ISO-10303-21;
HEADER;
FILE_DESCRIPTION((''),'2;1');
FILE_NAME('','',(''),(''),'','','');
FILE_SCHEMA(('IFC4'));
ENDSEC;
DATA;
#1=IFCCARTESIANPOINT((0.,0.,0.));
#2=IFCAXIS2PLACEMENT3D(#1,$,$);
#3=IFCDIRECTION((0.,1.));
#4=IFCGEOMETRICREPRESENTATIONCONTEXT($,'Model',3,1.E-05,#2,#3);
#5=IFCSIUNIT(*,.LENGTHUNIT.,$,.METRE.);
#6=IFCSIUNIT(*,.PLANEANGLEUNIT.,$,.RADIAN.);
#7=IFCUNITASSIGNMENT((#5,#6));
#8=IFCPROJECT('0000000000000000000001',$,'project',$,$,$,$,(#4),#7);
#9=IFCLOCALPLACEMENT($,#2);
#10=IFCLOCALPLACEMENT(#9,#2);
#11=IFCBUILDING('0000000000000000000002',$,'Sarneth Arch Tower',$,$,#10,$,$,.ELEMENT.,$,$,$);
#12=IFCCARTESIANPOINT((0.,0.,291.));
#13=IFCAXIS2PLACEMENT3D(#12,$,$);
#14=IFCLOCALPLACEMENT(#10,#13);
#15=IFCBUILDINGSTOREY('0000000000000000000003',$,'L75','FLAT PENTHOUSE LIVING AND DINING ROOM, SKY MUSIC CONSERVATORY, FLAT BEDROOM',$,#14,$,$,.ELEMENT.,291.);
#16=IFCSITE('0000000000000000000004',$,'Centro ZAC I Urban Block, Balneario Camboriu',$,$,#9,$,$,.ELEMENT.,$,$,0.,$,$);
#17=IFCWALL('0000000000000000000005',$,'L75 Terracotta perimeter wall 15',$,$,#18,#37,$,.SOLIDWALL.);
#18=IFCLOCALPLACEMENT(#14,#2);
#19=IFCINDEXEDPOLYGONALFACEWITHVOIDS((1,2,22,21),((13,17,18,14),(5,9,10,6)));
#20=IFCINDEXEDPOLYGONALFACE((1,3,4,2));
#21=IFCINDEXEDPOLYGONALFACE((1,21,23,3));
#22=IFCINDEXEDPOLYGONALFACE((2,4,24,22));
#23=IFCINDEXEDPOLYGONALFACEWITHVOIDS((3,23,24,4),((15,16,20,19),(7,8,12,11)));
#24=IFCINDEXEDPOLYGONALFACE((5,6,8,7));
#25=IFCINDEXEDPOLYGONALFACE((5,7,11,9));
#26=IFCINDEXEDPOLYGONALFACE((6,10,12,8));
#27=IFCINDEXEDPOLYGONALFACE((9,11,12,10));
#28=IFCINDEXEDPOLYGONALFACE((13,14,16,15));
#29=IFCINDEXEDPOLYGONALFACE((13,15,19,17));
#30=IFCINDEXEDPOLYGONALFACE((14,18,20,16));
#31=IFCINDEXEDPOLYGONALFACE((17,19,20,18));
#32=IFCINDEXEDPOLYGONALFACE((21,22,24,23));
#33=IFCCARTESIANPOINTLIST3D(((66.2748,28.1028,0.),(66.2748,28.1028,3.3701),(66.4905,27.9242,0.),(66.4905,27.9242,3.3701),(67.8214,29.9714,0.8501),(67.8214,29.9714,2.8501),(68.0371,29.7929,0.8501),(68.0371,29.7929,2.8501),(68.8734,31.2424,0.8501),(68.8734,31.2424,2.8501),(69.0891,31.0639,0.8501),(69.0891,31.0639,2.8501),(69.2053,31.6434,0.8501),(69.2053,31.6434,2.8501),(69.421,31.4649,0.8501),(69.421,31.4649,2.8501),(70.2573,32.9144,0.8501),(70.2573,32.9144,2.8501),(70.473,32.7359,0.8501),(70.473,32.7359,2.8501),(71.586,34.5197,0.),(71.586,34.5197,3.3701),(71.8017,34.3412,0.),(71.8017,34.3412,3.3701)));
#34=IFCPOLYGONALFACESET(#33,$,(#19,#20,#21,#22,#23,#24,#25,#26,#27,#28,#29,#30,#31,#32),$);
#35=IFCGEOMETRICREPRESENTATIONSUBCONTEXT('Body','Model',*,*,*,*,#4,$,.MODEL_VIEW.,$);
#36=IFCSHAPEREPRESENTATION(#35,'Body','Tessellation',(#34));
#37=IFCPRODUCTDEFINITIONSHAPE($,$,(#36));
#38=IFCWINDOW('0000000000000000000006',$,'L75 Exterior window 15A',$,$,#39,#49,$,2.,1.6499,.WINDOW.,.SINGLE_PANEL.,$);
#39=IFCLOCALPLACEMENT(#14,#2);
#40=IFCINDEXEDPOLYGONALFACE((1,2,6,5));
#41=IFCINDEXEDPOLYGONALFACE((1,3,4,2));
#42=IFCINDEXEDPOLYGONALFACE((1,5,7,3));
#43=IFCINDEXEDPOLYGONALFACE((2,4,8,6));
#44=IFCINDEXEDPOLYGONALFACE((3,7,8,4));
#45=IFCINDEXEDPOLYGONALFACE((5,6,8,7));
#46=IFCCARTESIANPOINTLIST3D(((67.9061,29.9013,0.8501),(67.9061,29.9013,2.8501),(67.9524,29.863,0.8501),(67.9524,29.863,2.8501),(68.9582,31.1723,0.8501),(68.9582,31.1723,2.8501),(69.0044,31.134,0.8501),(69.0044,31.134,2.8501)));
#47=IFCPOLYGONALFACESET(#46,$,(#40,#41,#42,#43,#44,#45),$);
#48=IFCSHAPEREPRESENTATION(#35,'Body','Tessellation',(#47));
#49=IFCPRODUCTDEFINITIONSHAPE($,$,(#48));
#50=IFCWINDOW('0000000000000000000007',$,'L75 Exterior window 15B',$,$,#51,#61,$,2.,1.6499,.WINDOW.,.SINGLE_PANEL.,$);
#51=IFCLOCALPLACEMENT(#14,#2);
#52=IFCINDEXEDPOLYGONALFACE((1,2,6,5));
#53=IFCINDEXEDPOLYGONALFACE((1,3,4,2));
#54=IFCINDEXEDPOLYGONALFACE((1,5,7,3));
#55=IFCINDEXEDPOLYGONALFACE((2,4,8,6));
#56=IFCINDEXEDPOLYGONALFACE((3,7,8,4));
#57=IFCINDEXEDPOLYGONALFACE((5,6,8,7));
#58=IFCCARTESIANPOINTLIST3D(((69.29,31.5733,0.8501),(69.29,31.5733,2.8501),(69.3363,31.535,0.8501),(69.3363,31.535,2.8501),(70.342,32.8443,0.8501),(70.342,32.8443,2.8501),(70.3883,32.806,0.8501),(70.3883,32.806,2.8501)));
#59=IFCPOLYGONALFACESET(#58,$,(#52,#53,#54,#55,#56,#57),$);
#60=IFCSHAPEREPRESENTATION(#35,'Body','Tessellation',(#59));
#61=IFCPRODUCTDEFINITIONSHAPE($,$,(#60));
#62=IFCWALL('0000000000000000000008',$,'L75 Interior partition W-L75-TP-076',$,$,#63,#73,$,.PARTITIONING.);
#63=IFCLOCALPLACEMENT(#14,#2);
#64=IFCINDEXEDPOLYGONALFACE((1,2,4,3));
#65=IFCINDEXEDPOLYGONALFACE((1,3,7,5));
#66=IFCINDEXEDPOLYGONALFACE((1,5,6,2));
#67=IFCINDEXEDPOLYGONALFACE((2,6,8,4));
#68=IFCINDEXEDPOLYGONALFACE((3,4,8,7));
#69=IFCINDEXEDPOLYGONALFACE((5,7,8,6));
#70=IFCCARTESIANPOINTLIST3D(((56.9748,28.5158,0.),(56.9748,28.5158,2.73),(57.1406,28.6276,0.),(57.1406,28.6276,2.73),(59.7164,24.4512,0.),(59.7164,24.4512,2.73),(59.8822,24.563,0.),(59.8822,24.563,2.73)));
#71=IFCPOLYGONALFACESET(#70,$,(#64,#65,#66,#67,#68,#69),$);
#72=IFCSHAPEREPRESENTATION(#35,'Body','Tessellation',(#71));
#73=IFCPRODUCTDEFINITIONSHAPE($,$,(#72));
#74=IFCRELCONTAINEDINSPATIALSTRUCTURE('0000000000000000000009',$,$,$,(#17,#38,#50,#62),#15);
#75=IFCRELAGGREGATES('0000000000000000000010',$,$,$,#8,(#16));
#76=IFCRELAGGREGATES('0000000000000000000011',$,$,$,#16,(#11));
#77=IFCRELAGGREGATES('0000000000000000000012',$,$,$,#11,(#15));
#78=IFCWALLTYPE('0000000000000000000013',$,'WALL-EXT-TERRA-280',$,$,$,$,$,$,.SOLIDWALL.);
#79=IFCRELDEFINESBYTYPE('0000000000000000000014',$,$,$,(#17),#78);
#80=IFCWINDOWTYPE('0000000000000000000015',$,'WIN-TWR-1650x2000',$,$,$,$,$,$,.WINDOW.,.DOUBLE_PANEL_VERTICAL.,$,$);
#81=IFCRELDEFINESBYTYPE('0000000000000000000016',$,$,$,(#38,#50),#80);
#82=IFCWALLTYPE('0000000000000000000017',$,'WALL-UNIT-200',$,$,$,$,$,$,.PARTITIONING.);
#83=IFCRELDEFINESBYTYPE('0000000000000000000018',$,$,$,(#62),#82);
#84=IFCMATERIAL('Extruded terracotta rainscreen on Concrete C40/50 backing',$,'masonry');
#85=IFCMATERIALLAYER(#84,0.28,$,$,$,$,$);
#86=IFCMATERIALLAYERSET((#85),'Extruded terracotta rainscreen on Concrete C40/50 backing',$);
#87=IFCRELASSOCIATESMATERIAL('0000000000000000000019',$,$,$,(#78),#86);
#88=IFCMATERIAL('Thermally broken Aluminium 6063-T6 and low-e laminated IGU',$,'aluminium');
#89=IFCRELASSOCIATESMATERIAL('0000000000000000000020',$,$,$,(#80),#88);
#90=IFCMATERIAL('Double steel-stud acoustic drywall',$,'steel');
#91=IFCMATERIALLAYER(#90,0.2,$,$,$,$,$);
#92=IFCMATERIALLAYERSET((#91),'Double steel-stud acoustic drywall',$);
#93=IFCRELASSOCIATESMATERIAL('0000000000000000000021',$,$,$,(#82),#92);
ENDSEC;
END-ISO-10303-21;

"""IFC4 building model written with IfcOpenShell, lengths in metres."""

from ifc_helpers import new_model, si_unit, direction, frame, frame_2d, origin, place, context, subcontext, project, spatial, rectangle, extrude, material, layer, layer_set, type_object, element, fill, save


model = new_model("IFC4")

# Units and contexts
model_context = context("Model", 3, precision=1e-05, world=origin(), true_north=direction((0.0, 1.0)))
body_context = subcontext(model_context, "Body", "Model", "MODEL_VIEW")
ifc_project = project(units=[si_unit("LENGTHUNIT", "METRE"), si_unit("PLANEANGLEUNIT", "RADIAN")], contexts=[model_context])

# Site, building, storey
site_placement = place(None, origin())
site = spatial("IfcSite", under=ifc_project, at=site_placement, Name="Centro ZAC I Urban Block, Balneario Camboriu", CompositionType="ELEMENT", RefElevation=0.0)
building_placement = place(site_placement, origin())
building = spatial("IfcBuilding", under=site, at=building_placement, Name="Sarneth Arch Tower", CompositionType="ELEMENT")
storey_placement = place(building_placement, frame((0.0, 0.0, 291.0)))
storey = spatial("IfcBuildingStorey", under=building, at=storey_placement, Name="L75", Description="FLAT PENTHOUSE LIVING AND DINING ROOM, SKY MUSIC CONSERVATORY, FLAT BEDROOM", CompositionType="ELEMENT", Elevation=291.0)

# Wall, openings, windows
ifc_material_1 = material(Name="Extruded terracotta rainscreen on Concrete C40/50 backing", Category="masonry")
ifc_layer_1 = layer(ifc_material_1, 0.28)
ifc_layer_set_1 = layer_set([ifc_layer_1], Name="Extruded terracotta rainscreen on Concrete C40/50 backing")
wall_type_1 = type_object("IfcWallType", Name="WALL-EXT-TERRA-280", PredefinedType="SOLIDWALL", material=ifc_layer_set_1)
wall_1_placement = place(storey_placement, frame((66.3826, 28.0134, 0.0), z_axis=(0.0, 0.0, 1.0), x_axis=(0.637615, 0.770355, 0.0)))
wall_1 = element("IfcWall", 1, at=wall_1_placement, inside=storey, type_object=wall_type_1, Name="L75 Terracotta perimeter wall 15", PredefinedType="SOLIDWALL", context=body_context, shape_type="SweptSolid", body=[
    extrude(rectangle(XDim=8.3298, YDim=0.28, at=frame_2d((4.165, 0.0))), origin(), (0.0, 0.0, 1.0), 3.3701),
])
opening_1_placement = place(wall_1_placement, frame((2.4258, 0.0, 0.8501)))
opening_1 = element("IfcOpeningElement", 2, at=opening_1_placement, cuts=wall_1, PredefinedType="OPENING", context=body_context, shape_type="SweptSolid", body=[
    extrude(rectangle(XDim=1.6499, YDim=2.0, at=frame_2d((0.825, 1.0))), frame((0.0, 0.1499, 0.0), z_axis=(0.0, -1.0, 0.0), x_axis=(1.0, 0.0, 0.0)), (0.0, 0.0, 1.0), 0.3),
])
opening_2_placement = place(wall_1_placement, frame((4.5962, 0.0, 0.8501)))
opening_2 = element("IfcOpeningElement", 3, at=opening_2_placement, cuts=wall_1, PredefinedType="OPENING", context=body_context, shape_type="SweptSolid", body=[
    extrude(rectangle(XDim=1.6499, YDim=2.0, at=frame_2d((0.825, 1.0))), frame((0.0, 0.1499, 0.0), z_axis=(0.0, -1.0, 0.0), x_axis=(1.0, 0.0, 0.0)), (0.0, 0.0, 1.0), 0.3),
])
ifc_material_2 = material(Name="Thermally broken Aluminium 6063-T6 and low-e laminated IGU", Category="aluminium")
window_type = type_object("IfcWindowType", Name="WIN-TWR-1650x2000", PartitioningType="DOUBLE_PANEL_VERTICAL", PredefinedType="WINDOW", material=ifc_material_2)
window_1_placement = place(opening_1_placement, origin())
window_1 = element("IfcWindow", 4, at=window_1_placement, inside=storey, type_object=window_type, Name="L75 Exterior window 15A", OverallHeight=2.0, OverallWidth=1.6499, PartitioningType="SINGLE_PANEL", PredefinedType="WINDOW", context=body_context, shape_type="SweptSolid", body=[
    extrude(rectangle(XDim=1.6499, YDim=2.0, at=frame_2d((0.825, 1.0))), frame((0.0, 0.03, 0.0), z_axis=(0.0, -1.0, 0.0), x_axis=(1.0, 0.0, 0.0)), (0.0, 0.0, 1.0), 0.0601),
])
fill(opening_1, window_1)
window_2_placement = place(opening_2_placement, origin())
window_2 = element("IfcWindow", 5, at=window_2_placement, inside=storey, type_object=window_type, Name="L75 Exterior window 15B", OverallHeight=2.0, OverallWidth=1.6499, PartitioningType="SINGLE_PANEL", PredefinedType="WINDOW", context=body_context, shape_type="SweptSolid", body=[
    extrude(rectangle(XDim=1.6499, YDim=2.0, at=frame_2d((0.825, 1.0))), frame((0.0, 0.03, 0.0), z_axis=(0.0, -1.0, 0.0), x_axis=(1.0, 0.0, 0.0)), (0.0, 0.0, 1.0), 0.0601),
])
fill(opening_2, window_2)

# Wall
ifc_material_3 = material(Name="Double steel-stud acoustic drywall", Category="steel")
ifc_layer_2 = layer(ifc_material_3, 0.2)
ifc_layer_set_2 = layer_set([ifc_layer_2], Name="Double steel-stud acoustic drywall")
wall_type_2 = type_object("IfcWallType", Name="WALL-UNIT-200", PredefinedType="PARTITIONING", material=ifc_layer_set_2)
wall_2_placement = place(storey_placement, frame((59.7993, 24.5071, 0.0), z_axis=(0.0, 0.0, 1.0), x_axis=(-0.559197, 0.829035, 0.0)))
element("IfcWall", 6, at=wall_2_placement, inside=storey, type_object=wall_type_2, Name="L75 Interior partition W-L75-TP-076", PredefinedType="PARTITIONING", context=body_context, shape_type="SweptSolid", body=[
    extrude(rectangle(XDim=4.9028, YDim=0.2, at=frame_2d((2.4514, 0.0))), origin(), (0.0, 0.0, 1.0), 2.73),
])

save(model, "model.ifc")
